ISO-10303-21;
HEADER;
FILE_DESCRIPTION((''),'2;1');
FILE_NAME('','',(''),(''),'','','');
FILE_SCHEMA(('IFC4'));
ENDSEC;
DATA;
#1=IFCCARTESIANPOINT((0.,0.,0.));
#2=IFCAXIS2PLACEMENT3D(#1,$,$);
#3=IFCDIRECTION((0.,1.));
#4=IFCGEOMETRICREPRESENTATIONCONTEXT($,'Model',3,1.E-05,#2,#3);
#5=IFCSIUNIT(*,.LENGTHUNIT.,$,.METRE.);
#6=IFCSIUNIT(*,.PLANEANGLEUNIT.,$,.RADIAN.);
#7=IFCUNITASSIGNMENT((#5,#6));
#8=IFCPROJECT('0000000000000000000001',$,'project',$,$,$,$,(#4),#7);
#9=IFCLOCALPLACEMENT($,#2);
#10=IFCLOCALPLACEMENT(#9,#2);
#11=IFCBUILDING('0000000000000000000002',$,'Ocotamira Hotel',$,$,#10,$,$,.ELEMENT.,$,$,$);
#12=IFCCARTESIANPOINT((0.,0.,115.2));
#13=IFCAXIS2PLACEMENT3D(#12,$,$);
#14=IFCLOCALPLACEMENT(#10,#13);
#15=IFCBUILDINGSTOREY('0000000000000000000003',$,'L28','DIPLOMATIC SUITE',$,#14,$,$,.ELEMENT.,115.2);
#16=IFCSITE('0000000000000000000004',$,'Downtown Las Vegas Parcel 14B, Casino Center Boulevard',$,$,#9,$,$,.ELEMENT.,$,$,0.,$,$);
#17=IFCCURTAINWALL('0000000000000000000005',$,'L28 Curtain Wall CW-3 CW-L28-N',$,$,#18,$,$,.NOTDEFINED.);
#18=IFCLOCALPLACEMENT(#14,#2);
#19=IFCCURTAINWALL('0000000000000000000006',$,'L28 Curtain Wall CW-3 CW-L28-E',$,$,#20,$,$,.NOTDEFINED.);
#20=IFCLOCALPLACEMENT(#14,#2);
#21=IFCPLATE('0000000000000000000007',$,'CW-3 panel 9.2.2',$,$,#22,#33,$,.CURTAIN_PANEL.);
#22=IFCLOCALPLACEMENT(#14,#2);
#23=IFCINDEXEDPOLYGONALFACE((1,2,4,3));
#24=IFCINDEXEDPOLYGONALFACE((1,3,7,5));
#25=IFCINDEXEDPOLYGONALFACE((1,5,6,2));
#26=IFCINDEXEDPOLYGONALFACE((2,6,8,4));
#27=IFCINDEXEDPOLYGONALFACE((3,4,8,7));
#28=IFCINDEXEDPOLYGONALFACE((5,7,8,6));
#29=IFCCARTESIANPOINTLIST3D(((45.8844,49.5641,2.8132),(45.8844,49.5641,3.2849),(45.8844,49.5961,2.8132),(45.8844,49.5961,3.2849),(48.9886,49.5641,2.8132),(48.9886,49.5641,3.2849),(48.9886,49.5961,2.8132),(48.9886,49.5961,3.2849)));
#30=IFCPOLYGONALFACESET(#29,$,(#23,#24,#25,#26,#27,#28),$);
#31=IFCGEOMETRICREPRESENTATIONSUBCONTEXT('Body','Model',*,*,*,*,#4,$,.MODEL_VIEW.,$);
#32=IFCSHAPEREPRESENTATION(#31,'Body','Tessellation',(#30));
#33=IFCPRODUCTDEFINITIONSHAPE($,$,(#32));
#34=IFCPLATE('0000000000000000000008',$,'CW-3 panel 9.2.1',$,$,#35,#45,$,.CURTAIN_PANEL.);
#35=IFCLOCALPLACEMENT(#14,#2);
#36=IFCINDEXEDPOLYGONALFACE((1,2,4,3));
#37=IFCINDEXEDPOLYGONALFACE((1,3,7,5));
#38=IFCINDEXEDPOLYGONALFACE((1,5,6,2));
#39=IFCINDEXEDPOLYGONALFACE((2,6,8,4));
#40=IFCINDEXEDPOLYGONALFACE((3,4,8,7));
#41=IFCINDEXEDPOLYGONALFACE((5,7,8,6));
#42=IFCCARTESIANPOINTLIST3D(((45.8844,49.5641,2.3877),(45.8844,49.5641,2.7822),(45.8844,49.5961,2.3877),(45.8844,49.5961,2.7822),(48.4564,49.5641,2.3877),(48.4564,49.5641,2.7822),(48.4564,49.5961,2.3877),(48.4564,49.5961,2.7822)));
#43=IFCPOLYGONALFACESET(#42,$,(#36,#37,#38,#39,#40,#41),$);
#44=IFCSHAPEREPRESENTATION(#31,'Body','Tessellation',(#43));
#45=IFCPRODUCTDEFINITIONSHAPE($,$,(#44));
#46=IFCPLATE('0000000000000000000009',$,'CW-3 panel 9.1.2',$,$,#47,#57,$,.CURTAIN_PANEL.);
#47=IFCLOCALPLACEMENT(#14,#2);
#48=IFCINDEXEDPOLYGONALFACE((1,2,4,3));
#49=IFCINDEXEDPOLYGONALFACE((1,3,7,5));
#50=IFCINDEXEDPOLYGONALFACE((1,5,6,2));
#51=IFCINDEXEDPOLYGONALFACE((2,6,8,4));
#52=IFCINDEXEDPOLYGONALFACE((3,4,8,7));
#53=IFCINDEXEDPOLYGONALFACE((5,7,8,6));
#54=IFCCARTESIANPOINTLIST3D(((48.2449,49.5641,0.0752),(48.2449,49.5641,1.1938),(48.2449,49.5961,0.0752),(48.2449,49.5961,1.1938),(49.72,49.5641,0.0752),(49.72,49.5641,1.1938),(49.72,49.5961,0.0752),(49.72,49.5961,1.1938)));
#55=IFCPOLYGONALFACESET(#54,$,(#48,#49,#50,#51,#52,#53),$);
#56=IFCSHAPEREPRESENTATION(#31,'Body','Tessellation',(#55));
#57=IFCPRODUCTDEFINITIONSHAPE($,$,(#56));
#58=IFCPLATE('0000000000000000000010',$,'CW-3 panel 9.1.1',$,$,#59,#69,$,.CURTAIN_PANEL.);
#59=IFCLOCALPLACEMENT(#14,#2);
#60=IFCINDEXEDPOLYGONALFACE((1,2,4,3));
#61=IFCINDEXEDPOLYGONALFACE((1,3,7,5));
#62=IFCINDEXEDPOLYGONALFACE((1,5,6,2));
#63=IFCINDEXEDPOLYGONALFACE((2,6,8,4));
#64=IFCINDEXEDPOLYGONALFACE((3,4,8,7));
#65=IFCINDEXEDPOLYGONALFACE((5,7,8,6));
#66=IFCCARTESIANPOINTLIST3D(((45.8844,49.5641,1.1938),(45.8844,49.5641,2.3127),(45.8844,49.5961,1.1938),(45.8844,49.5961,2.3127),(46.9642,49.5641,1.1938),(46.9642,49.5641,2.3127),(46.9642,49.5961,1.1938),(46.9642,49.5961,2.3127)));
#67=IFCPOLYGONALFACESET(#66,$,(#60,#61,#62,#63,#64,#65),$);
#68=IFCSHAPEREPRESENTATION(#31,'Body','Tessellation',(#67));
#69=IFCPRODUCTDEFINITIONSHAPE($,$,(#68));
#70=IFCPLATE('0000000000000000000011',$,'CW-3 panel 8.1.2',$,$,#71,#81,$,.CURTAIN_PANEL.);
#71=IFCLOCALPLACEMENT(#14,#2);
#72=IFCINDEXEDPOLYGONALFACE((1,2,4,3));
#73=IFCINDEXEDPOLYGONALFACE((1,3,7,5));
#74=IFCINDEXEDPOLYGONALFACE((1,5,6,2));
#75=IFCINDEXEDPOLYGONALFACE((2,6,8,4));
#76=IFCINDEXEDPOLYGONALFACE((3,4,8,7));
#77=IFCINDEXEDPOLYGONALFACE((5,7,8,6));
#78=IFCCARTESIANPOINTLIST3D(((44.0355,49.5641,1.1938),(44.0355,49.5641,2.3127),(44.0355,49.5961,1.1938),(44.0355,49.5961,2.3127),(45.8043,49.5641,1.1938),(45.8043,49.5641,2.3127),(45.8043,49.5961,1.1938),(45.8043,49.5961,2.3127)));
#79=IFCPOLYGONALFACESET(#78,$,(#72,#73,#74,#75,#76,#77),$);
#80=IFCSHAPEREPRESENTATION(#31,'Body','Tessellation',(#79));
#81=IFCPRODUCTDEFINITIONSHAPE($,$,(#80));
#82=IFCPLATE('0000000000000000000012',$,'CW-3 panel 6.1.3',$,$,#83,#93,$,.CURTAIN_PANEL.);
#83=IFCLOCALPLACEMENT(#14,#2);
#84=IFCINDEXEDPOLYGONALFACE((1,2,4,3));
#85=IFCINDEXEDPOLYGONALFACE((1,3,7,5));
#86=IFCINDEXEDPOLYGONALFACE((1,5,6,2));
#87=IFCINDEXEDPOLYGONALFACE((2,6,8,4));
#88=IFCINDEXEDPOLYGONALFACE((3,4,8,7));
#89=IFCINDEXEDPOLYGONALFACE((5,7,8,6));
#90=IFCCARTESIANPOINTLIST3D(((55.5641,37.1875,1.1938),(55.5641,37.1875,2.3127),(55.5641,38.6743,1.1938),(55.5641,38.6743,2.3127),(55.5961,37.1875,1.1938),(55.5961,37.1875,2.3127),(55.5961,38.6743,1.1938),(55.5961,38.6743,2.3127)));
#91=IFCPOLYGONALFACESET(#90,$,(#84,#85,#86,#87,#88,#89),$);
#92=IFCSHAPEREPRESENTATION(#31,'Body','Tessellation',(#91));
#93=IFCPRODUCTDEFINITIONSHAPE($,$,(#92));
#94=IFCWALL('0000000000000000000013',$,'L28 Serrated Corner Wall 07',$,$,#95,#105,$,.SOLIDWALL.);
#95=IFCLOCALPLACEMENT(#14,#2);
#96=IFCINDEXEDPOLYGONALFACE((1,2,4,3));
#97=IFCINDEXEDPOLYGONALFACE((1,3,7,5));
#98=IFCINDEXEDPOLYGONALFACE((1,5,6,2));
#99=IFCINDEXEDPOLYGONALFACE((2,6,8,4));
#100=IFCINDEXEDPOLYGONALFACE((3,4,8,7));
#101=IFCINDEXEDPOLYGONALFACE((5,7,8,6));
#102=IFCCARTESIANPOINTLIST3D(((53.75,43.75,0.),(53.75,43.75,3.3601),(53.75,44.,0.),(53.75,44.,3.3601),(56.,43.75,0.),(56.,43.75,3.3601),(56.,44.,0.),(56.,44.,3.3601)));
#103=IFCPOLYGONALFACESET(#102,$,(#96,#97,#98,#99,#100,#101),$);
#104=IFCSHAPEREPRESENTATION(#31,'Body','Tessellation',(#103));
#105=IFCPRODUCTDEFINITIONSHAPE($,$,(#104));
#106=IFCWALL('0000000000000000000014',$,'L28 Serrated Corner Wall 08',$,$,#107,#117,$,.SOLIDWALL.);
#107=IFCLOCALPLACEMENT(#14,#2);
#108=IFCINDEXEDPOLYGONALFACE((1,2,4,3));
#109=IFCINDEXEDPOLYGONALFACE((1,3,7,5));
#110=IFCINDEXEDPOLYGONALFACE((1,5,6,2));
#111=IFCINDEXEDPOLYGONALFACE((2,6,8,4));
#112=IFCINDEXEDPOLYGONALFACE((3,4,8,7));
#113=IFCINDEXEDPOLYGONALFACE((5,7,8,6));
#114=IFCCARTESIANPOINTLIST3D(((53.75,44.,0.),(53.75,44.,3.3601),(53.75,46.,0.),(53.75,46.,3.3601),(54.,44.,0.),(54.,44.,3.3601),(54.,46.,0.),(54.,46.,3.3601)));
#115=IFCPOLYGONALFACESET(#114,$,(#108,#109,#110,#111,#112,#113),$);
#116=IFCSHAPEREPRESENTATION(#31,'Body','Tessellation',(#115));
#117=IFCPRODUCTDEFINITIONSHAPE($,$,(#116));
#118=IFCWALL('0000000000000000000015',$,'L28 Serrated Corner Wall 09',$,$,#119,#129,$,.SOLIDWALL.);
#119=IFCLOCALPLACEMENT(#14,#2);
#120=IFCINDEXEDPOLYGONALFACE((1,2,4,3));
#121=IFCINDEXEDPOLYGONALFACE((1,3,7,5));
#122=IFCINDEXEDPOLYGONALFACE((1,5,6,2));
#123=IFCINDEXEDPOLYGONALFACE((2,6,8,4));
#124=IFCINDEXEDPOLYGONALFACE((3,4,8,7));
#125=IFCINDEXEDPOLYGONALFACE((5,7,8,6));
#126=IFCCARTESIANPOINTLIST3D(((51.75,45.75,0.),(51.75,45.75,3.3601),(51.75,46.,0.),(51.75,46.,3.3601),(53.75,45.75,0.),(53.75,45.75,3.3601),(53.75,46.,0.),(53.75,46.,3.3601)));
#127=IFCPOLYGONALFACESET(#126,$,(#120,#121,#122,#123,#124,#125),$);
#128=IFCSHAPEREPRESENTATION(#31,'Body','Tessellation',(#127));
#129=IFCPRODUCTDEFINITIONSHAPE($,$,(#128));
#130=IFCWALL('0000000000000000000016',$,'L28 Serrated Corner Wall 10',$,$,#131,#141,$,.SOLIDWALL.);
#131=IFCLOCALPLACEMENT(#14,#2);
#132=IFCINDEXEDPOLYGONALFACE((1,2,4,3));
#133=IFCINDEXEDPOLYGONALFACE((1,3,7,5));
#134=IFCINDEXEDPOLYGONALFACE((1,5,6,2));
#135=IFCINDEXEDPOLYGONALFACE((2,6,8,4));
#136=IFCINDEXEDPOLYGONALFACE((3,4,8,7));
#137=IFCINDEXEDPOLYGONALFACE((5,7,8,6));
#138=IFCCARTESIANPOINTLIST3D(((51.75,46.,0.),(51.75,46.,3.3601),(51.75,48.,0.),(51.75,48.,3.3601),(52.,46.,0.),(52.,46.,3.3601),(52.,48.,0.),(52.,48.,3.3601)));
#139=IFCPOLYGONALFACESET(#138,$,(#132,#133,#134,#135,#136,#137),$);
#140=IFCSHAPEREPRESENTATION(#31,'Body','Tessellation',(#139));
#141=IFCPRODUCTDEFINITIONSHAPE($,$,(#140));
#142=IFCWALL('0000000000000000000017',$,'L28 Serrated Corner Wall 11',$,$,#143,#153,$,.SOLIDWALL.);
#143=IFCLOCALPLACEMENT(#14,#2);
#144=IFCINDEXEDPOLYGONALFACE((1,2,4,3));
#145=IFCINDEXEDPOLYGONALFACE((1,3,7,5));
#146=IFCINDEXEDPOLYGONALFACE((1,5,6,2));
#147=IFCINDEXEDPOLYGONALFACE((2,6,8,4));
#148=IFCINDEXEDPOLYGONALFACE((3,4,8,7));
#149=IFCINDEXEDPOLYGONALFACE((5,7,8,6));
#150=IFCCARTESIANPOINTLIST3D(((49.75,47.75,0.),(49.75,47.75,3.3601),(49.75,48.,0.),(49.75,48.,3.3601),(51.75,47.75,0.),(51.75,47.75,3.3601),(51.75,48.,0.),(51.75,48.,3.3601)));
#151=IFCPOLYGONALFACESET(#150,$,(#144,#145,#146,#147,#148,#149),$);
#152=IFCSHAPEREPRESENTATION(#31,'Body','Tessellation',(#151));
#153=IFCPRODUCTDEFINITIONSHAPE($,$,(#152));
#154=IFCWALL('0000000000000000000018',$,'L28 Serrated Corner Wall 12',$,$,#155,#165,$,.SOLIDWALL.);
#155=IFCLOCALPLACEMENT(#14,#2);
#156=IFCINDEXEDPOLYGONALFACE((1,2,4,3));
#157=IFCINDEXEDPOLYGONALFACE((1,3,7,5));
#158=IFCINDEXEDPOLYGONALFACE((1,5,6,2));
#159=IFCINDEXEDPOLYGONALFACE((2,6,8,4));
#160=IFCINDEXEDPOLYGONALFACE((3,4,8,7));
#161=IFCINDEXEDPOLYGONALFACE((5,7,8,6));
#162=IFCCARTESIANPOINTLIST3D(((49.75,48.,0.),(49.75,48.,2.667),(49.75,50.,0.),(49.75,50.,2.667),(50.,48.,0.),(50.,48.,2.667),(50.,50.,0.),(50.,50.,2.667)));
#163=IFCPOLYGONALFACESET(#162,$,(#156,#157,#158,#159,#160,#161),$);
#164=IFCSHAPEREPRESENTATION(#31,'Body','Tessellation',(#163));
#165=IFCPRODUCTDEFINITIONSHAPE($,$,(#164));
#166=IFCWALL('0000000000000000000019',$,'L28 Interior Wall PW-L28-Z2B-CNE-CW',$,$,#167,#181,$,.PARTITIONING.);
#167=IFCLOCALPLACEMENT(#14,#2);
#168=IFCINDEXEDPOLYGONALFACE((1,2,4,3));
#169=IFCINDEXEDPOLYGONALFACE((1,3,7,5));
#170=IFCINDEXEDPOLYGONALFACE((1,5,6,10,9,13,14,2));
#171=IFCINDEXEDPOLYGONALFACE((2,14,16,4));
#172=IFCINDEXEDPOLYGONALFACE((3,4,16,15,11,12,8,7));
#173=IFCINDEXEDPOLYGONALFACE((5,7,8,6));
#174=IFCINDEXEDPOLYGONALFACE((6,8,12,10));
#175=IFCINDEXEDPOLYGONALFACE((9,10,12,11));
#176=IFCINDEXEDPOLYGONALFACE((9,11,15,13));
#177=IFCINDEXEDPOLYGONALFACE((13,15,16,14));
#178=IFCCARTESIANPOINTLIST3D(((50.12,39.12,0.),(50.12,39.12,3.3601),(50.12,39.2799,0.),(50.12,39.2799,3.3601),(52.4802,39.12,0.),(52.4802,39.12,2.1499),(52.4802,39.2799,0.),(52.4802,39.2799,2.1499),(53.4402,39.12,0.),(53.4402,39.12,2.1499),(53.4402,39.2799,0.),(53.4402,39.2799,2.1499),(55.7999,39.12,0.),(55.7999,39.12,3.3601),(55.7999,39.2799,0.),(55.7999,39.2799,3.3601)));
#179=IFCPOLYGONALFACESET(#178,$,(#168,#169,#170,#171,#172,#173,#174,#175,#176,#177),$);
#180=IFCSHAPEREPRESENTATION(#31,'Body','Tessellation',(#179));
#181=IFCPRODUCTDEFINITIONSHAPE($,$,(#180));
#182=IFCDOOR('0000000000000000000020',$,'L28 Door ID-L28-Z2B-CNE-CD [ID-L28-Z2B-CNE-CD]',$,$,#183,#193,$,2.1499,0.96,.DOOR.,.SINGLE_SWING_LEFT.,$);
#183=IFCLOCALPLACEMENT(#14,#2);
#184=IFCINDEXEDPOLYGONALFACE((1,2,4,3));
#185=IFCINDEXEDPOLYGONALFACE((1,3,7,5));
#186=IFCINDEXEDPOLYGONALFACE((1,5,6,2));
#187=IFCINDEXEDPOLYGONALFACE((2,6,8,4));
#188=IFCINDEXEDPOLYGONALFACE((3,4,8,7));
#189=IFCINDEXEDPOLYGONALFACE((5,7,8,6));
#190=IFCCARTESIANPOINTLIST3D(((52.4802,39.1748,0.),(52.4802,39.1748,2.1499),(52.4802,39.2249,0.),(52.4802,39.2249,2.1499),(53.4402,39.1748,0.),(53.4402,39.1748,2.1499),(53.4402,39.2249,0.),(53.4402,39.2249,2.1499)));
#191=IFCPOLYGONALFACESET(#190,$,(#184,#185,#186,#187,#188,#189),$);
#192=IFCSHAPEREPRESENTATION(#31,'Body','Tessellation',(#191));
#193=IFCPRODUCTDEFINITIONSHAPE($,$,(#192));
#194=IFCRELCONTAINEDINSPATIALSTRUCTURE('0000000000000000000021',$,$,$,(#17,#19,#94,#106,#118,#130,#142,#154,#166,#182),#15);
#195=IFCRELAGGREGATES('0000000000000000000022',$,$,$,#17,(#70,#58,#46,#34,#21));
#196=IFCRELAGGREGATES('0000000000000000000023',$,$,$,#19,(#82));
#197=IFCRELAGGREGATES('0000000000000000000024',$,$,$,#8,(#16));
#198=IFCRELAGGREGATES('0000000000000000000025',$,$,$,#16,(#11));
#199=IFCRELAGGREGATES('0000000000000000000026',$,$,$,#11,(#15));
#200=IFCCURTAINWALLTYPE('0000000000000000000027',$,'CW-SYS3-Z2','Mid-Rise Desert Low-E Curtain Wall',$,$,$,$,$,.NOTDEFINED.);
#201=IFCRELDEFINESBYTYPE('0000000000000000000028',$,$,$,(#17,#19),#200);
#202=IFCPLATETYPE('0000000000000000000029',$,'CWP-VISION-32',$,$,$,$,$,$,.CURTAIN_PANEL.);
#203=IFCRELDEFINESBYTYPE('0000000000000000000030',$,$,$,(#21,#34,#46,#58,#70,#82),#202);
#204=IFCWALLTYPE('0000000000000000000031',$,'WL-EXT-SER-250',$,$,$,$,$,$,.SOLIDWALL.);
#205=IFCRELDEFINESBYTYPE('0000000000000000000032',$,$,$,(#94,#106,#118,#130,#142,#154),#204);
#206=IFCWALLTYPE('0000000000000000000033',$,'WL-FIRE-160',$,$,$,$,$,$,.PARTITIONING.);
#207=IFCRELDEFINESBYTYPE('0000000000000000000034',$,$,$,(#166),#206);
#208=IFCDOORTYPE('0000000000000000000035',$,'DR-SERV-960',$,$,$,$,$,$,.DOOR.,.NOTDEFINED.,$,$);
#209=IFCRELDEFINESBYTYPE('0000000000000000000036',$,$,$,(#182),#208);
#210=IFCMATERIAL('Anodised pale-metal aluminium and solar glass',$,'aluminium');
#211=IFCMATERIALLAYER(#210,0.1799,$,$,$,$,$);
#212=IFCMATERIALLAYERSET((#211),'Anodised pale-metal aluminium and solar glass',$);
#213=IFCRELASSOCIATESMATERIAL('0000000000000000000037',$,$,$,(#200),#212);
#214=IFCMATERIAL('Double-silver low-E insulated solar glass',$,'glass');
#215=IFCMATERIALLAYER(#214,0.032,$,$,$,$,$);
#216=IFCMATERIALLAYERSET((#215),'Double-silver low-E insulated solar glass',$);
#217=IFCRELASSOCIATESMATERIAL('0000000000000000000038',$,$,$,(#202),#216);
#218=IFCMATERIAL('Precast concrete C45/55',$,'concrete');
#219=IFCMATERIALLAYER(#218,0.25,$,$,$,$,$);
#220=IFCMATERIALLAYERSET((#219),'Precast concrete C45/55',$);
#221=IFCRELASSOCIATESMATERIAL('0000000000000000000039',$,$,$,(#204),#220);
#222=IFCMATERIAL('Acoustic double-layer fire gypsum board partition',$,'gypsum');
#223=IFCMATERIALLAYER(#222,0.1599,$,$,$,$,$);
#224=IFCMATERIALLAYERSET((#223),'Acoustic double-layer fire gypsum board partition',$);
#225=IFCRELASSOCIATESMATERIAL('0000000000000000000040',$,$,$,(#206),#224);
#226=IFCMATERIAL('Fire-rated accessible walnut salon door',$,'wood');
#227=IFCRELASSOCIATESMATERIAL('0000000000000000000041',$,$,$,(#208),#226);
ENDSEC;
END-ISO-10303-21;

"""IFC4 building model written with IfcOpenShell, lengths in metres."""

from ifc_helpers import new_model, si_unit, direction, frame, frame_2d, origin, origin_2d, place, context, subcontext, project, spatial, rectangle, extrude, source, transform, mapped, material, layer, layer_set, type_object, element, fill, aggregate, save


model = new_model("IFC4")

# Units and contexts
model_context = context("Model", 3, precision=1e-05, world=origin(), true_north=direction((0.0, 1.0)))
body_context = subcontext(model_context, "Body", "Model", "MODEL_VIEW")
ifc_project = project(units=[si_unit("LENGTHUNIT", "METRE"), si_unit("PLANEANGLEUNIT", "RADIAN")], contexts=[model_context])

# Site, building, storey
site_placement = place(None, origin())
site = spatial("IfcSite", under=ifc_project, at=site_placement, Name="Downtown Las Vegas Parcel 14B, Casino Center Boulevard", CompositionType="ELEMENT", RefElevation=0.0)
building_placement = place(site_placement, origin())
building = spatial("IfcBuilding", under=site, at=building_placement, Name="Ocotamira Hotel", CompositionType="ELEMENT")
storey_placement = place(building_placement, frame((0.0, 0.0, 115.2)))
storey = spatial("IfcBuildingStorey", under=building, at=storey_placement, Name="L28", Description="DIPLOMATIC SUITE", CompositionType="ELEMENT", Elevation=115.2)

# Curtain walls
ifc_material_1 = material(Name="Anodised pale-metal aluminium and solar glass", Category="aluminium")
ifc_layer_1 = layer(ifc_material_1, 0.1799)
ifc_layer_set_1 = layer_set([ifc_layer_1], Name="Anodised pale-metal aluminium and solar glass")
curtain_wall_type = type_object("IfcCurtainWallType", Name="CW-SYS3-Z2", Description="Mid-Rise Desert Low-E Curtain Wall", PredefinedType="NOTDEFINED", material=ifc_layer_set_1)
curtain_wall_1_placement = place(storey_placement, origin())
curtain_wall_1 = element("IfcCurtainWall", 1, at=curtain_wall_1_placement, inside=storey, type_object=curtain_wall_type, Name="L28 Curtain Wall CW-3 CW-L28-N", PredefinedType="NOTDEFINED")
curtain_wall_2_placement = place(storey_placement, origin())
curtain_wall_2 = element("IfcCurtainWall", 2, at=curtain_wall_2_placement, inside=storey, type_object=curtain_wall_type, Name="L28 Curtain Wall CW-3 CW-L28-E", PredefinedType="NOTDEFINED")

# Plates
ifc_material_2 = material(Name="Double-silver low-E insulated solar glass", Category="glass")
ifc_layer_2 = layer(ifc_material_2, 0.032)
ifc_layer_set_2 = layer_set([ifc_layer_2], Name="Double-silver low-E insulated solar glass")
plate_type_1 = type_object("IfcPlateType", Name="CWP-VISION-32", PredefinedType="CURTAIN_PANEL", material=ifc_layer_set_2)
shared_shape_1 = source(origin(), body_context, "Body", "SweptSolid", [
    extrude(rectangle(XDim=3.1042, YDim=0.032, at=origin_2d()), origin(), (0.0, 0.0, 1.0), 0.4717),
])
plate_1_placement = place(storey_placement, frame((47.4365, 49.5801, 2.8132), z_axis=(0.0, 0.0, 1.0), x_axis=(1.0, 0.0, 0.0)))
plate_1 = element("IfcPlate", 3, at=plate_1_placement, type_object=plate_type_1, Name="CW-3 panel 9.2.2", PredefinedType="CURTAIN_PANEL", context=body_context, shape_type="MappedRepresentation", body=[
    mapped(shared_shape_1, transform((0.0, 0.0, 0.0), scale=1.0)),
])
shared_shape_2 = source(origin(), body_context, "Body", "SweptSolid", [
    extrude(rectangle(XDim=2.572, YDim=0.032, at=origin_2d()), origin(), (0.0, 0.0, 1.0), 0.3945),
])
plate_2_placement = place(storey_placement, frame((47.1704, 49.5801, 2.3877), z_axis=(0.0, 0.0, 1.0), x_axis=(1.0, 0.0, 0.0)))
plate_2 = element("IfcPlate", 4, at=plate_2_placement, type_object=plate_type_1, Name="CW-3 panel 9.2.1", PredefinedType="CURTAIN_PANEL", context=body_context, shape_type="MappedRepresentation", body=[
    mapped(shared_shape_2, transform((0.0, 0.0, 0.0), scale=1.0)),
])
shared_shape_3 = source(origin(), body_context, "Body", "SweptSolid", [
    extrude(rectangle(XDim=1.4751, YDim=0.032, at=origin_2d()), origin(), (0.0, 0.0, 1.0), 1.1187),
])
plate_3_placement = place(storey_placement, frame((48.9824, 49.5801, 0.0752), z_axis=(0.0, 0.0, 1.0), x_axis=(1.0, 0.0, 0.0)))
plate_3 = element("IfcPlate", 5, at=plate_3_placement, type_object=plate_type_1, Name="CW-3 panel 9.1.2", PredefinedType="CURTAIN_PANEL", context=body_context, shape_type="MappedRepresentation", body=[
    mapped(shared_shape_3, transform((0.0, 0.0, 0.0), scale=1.0)),
])
shared_shape_4 = source(origin(), body_context, "Body", "SweptSolid", [
    extrude(rectangle(XDim=1.0798, YDim=0.032, at=origin_2d()), origin(), (0.0, 0.0, 1.0), 1.1189),
])
plate_4_placement = place(storey_placement, frame((46.4243, 49.5801, 1.1938), z_axis=(0.0, 0.0, 1.0), x_axis=(1.0, 0.0, 0.0)))
plate_4 = element("IfcPlate", 6, at=plate_4_placement, type_object=plate_type_1, Name="CW-3 panel 9.1.1", PredefinedType="CURTAIN_PANEL", context=body_context, shape_type="MappedRepresentation", body=[
    mapped(shared_shape_4, transform((0.0, 0.0, 0.0), scale=1.0)),
])
shared_shape_5 = source(origin(), body_context, "Body", "SweptSolid", [
    extrude(rectangle(XDim=1.7688, YDim=0.032, at=origin_2d()), origin(), (0.0, 0.0, 1.0), 1.1189),
])
plate_5_placement = place(storey_placement, frame((44.9199, 49.5801, 1.1938), z_axis=(0.0, 0.0, 1.0), x_axis=(1.0, 0.0, 0.0)))
plate_5 = element("IfcPlate", 7, at=plate_5_placement, type_object=plate_type_1, Name="CW-3 panel 8.1.2", PredefinedType="CURTAIN_PANEL", context=body_context, shape_type="MappedRepresentation", body=[
    mapped(shared_shape_5, transform((0.0, 0.0, 0.0), scale=1.0)),
])
aggregate(curtain_wall_1, [plate_5, plate_4, plate_3, plate_2, plate_1])
shared_shape_6 = source(origin(), body_context, "Body", "SweptSolid", [
    extrude(rectangle(XDim=1.4868, YDim=0.032, at=origin_2d()), origin(), (0.0, 0.0, 1.0), 1.1189),
])
plate_6_placement = place(storey_placement, frame((55.5801, 37.9309, 1.1938), z_axis=(0.0, 0.0, 1.0), x_axis=(0.0, 1.0, 0.0)))
plate_6 = element("IfcPlate", 8, at=plate_6_placement, type_object=plate_type_1, Name="CW-3 panel 6.1.3", PredefinedType="CURTAIN_PANEL", context=body_context, shape_type="MappedRepresentation", body=[
    mapped(shared_shape_6, transform((0.0, 0.0, 0.0), scale=1.0)),
])
aggregate(curtain_wall_2, [plate_6])

# Walls
ifc_material_3 = material(Name="Precast concrete C45/55", Category="concrete")
ifc_layer_3 = layer(ifc_material_3, 0.25)
ifc_layer_set_3 = layer_set([ifc_layer_3], Name="Precast concrete C45/55")
wall_type_1 = type_object("IfcWallType", Name="WL-EXT-SER-250", PredefinedType="SOLIDWALL", material=ifc_layer_set_3)
wall_1_placement = place(storey_placement, frame((56.0, 43.875, 0.0), z_axis=(0.0, 0.0, 1.0), x_axis=(-1.0, 0.0, 0.0)))
element("IfcWall", 9, at=wall_1_placement, inside=storey, type_object=wall_type_1, Name="L28 Serrated Corner Wall 07", PredefinedType="SOLIDWALL", context=body_context, shape_type="SweptSolid", body=[
    extrude(rectangle(XDim=2.25, YDim=0.25, at=frame_2d((1.125, 0.0))), origin(), (0.0, 0.0, 1.0), 3.3601),
])
for number, where, z_axis, x_axis, name in (
    (10, (53.875, 44.0, 0.0), (0.0, 0.0, 1.0), (0.0, 1.0, 0.0), "L28 Serrated Corner Wall 08"),
    (11, (53.75, 45.875, 0.0), (0.0, 0.0, 1.0), (-1.0, 0.0, 0.0), "L28 Serrated Corner Wall 09"),
    (12, (51.875, 46.0, 0.0), (0.0, 0.0, 1.0), (0.0, 1.0, 0.0), "L28 Serrated Corner Wall 10"),
    (13, (51.75, 47.875, 0.0), (0.0, 0.0, 1.0), (-1.0, 0.0, 0.0), "L28 Serrated Corner Wall 11"),
):
    element("IfcWall", number, at=place(storey_placement, frame(where, z_axis=z_axis, x_axis=x_axis)), inside=storey, type_object=wall_type_1, Name=name, PredefinedType="SOLIDWALL", context=body_context, shape_type="SweptSolid", body=[
        extrude(rectangle(XDim=2.0, YDim=0.25, at=frame_2d((1.0, 0.0))), origin(), (0.0, 0.0, 1.0), 3.3601),
    ])
wall_2_placement = place(storey_placement, frame((49.875, 48.0, 0.0), z_axis=(0.0, 0.0, 1.0), x_axis=(0.0, 1.0, 0.0)))
element("IfcWall", 14, at=wall_2_placement, inside=storey, type_object=wall_type_1, Name="L28 Serrated Corner Wall 12", PredefinedType="SOLIDWALL", context=body_context, shape_type="SweptSolid", body=[
    extrude(rectangle(XDim=2.0, YDim=0.25, at=frame_2d((1.0, 0.0))), origin(), (0.0, 0.0, 1.0), 2.667),
])

# Wall, opening, door
ifc_material_4 = material(Name="Acoustic double-layer fire gypsum board partition", Category="gypsum")
ifc_layer_4 = layer(ifc_material_4, 0.1599)
ifc_layer_set_4 = layer_set([ifc_layer_4], Name="Acoustic double-layer fire gypsum board partition")
wall_type_2 = type_object("IfcWallType", Name="WL-FIRE-160", PredefinedType="PARTITIONING", material=ifc_layer_set_4)
wall_3_placement = place(storey_placement, frame((50.1201, 39.2, 0.0), z_axis=(0.0, 0.0, 1.0), x_axis=(1.0, 0.0, 0.0)))
wall_3 = element("IfcWall", 15, at=wall_3_placement, inside=storey, type_object=wall_type_2, Name="L28 Interior Wall PW-L28-Z2B-CNE-CW", PredefinedType="PARTITIONING", context=body_context, shape_type="SweptSolid", body=[
    extrude(rectangle(XDim=5.6799, YDim=0.1599, at=frame_2d((2.8398, 0.0))), origin(), (0.0, 0.0, 1.0), 3.3601),
])
opening_1_placement = place(wall_3_placement, frame((2.3601, 0.0, 0.0)))
opening_1 = element("IfcOpeningElement", 16, at=opening_1_placement, cuts=wall_3, PredefinedType="OPENING", context=body_context, shape_type="SweptSolid", body=[
    extrude(rectangle(XDim=0.96, YDim=2.1499, at=frame_2d((0.48, 1.075))), frame((0.0, 0.0898, 0.0), z_axis=(0.0, -1.0, 0.0), x_axis=(1.0, 0.0, 0.0)), (0.0, 0.0, 1.0), 0.1799),
])
ifc_material_5 = material(Name="Fire-rated accessible walnut salon door", Category="wood")
door_type_1 = type_object("IfcDoorType", Name="DR-SERV-960", OperationType="NOTDEFINED", PredefinedType="DOOR", material=ifc_material_5)
shared_shape_7 = source(origin(), body_context, "Body", "SweptSolid", [
    extrude(rectangle(XDim=0.96, YDim=2.1499, at=frame_2d((0.48, 1.075))), frame((0.0, 0.0249, 0.0), z_axis=(0.0, -1.0, 0.0), x_axis=(1.0, 0.0, 0.0)), (0.0, 0.0, 1.0), 0.05),
])
door_1_placement = place(opening_1_placement, origin())
door_1 = element("IfcDoor", 17, at=door_1_placement, inside=storey, type_object=door_type_1, Name="L28 Door ID-L28-Z2B-CNE-CD [ID-L28-Z2B-CNE-CD]", OperationType="SINGLE_SWING_LEFT", OverallHeight=2.1499, OverallWidth=0.96, PredefinedType="DOOR", context=body_context, shape_type="MappedRepresentation", body=[
    mapped(shared_shape_7, transform((0.0, 0.0, 0.0), scale=1.0)),
])
fill(opening_1, door_1)

save(model, "model.ifc")
